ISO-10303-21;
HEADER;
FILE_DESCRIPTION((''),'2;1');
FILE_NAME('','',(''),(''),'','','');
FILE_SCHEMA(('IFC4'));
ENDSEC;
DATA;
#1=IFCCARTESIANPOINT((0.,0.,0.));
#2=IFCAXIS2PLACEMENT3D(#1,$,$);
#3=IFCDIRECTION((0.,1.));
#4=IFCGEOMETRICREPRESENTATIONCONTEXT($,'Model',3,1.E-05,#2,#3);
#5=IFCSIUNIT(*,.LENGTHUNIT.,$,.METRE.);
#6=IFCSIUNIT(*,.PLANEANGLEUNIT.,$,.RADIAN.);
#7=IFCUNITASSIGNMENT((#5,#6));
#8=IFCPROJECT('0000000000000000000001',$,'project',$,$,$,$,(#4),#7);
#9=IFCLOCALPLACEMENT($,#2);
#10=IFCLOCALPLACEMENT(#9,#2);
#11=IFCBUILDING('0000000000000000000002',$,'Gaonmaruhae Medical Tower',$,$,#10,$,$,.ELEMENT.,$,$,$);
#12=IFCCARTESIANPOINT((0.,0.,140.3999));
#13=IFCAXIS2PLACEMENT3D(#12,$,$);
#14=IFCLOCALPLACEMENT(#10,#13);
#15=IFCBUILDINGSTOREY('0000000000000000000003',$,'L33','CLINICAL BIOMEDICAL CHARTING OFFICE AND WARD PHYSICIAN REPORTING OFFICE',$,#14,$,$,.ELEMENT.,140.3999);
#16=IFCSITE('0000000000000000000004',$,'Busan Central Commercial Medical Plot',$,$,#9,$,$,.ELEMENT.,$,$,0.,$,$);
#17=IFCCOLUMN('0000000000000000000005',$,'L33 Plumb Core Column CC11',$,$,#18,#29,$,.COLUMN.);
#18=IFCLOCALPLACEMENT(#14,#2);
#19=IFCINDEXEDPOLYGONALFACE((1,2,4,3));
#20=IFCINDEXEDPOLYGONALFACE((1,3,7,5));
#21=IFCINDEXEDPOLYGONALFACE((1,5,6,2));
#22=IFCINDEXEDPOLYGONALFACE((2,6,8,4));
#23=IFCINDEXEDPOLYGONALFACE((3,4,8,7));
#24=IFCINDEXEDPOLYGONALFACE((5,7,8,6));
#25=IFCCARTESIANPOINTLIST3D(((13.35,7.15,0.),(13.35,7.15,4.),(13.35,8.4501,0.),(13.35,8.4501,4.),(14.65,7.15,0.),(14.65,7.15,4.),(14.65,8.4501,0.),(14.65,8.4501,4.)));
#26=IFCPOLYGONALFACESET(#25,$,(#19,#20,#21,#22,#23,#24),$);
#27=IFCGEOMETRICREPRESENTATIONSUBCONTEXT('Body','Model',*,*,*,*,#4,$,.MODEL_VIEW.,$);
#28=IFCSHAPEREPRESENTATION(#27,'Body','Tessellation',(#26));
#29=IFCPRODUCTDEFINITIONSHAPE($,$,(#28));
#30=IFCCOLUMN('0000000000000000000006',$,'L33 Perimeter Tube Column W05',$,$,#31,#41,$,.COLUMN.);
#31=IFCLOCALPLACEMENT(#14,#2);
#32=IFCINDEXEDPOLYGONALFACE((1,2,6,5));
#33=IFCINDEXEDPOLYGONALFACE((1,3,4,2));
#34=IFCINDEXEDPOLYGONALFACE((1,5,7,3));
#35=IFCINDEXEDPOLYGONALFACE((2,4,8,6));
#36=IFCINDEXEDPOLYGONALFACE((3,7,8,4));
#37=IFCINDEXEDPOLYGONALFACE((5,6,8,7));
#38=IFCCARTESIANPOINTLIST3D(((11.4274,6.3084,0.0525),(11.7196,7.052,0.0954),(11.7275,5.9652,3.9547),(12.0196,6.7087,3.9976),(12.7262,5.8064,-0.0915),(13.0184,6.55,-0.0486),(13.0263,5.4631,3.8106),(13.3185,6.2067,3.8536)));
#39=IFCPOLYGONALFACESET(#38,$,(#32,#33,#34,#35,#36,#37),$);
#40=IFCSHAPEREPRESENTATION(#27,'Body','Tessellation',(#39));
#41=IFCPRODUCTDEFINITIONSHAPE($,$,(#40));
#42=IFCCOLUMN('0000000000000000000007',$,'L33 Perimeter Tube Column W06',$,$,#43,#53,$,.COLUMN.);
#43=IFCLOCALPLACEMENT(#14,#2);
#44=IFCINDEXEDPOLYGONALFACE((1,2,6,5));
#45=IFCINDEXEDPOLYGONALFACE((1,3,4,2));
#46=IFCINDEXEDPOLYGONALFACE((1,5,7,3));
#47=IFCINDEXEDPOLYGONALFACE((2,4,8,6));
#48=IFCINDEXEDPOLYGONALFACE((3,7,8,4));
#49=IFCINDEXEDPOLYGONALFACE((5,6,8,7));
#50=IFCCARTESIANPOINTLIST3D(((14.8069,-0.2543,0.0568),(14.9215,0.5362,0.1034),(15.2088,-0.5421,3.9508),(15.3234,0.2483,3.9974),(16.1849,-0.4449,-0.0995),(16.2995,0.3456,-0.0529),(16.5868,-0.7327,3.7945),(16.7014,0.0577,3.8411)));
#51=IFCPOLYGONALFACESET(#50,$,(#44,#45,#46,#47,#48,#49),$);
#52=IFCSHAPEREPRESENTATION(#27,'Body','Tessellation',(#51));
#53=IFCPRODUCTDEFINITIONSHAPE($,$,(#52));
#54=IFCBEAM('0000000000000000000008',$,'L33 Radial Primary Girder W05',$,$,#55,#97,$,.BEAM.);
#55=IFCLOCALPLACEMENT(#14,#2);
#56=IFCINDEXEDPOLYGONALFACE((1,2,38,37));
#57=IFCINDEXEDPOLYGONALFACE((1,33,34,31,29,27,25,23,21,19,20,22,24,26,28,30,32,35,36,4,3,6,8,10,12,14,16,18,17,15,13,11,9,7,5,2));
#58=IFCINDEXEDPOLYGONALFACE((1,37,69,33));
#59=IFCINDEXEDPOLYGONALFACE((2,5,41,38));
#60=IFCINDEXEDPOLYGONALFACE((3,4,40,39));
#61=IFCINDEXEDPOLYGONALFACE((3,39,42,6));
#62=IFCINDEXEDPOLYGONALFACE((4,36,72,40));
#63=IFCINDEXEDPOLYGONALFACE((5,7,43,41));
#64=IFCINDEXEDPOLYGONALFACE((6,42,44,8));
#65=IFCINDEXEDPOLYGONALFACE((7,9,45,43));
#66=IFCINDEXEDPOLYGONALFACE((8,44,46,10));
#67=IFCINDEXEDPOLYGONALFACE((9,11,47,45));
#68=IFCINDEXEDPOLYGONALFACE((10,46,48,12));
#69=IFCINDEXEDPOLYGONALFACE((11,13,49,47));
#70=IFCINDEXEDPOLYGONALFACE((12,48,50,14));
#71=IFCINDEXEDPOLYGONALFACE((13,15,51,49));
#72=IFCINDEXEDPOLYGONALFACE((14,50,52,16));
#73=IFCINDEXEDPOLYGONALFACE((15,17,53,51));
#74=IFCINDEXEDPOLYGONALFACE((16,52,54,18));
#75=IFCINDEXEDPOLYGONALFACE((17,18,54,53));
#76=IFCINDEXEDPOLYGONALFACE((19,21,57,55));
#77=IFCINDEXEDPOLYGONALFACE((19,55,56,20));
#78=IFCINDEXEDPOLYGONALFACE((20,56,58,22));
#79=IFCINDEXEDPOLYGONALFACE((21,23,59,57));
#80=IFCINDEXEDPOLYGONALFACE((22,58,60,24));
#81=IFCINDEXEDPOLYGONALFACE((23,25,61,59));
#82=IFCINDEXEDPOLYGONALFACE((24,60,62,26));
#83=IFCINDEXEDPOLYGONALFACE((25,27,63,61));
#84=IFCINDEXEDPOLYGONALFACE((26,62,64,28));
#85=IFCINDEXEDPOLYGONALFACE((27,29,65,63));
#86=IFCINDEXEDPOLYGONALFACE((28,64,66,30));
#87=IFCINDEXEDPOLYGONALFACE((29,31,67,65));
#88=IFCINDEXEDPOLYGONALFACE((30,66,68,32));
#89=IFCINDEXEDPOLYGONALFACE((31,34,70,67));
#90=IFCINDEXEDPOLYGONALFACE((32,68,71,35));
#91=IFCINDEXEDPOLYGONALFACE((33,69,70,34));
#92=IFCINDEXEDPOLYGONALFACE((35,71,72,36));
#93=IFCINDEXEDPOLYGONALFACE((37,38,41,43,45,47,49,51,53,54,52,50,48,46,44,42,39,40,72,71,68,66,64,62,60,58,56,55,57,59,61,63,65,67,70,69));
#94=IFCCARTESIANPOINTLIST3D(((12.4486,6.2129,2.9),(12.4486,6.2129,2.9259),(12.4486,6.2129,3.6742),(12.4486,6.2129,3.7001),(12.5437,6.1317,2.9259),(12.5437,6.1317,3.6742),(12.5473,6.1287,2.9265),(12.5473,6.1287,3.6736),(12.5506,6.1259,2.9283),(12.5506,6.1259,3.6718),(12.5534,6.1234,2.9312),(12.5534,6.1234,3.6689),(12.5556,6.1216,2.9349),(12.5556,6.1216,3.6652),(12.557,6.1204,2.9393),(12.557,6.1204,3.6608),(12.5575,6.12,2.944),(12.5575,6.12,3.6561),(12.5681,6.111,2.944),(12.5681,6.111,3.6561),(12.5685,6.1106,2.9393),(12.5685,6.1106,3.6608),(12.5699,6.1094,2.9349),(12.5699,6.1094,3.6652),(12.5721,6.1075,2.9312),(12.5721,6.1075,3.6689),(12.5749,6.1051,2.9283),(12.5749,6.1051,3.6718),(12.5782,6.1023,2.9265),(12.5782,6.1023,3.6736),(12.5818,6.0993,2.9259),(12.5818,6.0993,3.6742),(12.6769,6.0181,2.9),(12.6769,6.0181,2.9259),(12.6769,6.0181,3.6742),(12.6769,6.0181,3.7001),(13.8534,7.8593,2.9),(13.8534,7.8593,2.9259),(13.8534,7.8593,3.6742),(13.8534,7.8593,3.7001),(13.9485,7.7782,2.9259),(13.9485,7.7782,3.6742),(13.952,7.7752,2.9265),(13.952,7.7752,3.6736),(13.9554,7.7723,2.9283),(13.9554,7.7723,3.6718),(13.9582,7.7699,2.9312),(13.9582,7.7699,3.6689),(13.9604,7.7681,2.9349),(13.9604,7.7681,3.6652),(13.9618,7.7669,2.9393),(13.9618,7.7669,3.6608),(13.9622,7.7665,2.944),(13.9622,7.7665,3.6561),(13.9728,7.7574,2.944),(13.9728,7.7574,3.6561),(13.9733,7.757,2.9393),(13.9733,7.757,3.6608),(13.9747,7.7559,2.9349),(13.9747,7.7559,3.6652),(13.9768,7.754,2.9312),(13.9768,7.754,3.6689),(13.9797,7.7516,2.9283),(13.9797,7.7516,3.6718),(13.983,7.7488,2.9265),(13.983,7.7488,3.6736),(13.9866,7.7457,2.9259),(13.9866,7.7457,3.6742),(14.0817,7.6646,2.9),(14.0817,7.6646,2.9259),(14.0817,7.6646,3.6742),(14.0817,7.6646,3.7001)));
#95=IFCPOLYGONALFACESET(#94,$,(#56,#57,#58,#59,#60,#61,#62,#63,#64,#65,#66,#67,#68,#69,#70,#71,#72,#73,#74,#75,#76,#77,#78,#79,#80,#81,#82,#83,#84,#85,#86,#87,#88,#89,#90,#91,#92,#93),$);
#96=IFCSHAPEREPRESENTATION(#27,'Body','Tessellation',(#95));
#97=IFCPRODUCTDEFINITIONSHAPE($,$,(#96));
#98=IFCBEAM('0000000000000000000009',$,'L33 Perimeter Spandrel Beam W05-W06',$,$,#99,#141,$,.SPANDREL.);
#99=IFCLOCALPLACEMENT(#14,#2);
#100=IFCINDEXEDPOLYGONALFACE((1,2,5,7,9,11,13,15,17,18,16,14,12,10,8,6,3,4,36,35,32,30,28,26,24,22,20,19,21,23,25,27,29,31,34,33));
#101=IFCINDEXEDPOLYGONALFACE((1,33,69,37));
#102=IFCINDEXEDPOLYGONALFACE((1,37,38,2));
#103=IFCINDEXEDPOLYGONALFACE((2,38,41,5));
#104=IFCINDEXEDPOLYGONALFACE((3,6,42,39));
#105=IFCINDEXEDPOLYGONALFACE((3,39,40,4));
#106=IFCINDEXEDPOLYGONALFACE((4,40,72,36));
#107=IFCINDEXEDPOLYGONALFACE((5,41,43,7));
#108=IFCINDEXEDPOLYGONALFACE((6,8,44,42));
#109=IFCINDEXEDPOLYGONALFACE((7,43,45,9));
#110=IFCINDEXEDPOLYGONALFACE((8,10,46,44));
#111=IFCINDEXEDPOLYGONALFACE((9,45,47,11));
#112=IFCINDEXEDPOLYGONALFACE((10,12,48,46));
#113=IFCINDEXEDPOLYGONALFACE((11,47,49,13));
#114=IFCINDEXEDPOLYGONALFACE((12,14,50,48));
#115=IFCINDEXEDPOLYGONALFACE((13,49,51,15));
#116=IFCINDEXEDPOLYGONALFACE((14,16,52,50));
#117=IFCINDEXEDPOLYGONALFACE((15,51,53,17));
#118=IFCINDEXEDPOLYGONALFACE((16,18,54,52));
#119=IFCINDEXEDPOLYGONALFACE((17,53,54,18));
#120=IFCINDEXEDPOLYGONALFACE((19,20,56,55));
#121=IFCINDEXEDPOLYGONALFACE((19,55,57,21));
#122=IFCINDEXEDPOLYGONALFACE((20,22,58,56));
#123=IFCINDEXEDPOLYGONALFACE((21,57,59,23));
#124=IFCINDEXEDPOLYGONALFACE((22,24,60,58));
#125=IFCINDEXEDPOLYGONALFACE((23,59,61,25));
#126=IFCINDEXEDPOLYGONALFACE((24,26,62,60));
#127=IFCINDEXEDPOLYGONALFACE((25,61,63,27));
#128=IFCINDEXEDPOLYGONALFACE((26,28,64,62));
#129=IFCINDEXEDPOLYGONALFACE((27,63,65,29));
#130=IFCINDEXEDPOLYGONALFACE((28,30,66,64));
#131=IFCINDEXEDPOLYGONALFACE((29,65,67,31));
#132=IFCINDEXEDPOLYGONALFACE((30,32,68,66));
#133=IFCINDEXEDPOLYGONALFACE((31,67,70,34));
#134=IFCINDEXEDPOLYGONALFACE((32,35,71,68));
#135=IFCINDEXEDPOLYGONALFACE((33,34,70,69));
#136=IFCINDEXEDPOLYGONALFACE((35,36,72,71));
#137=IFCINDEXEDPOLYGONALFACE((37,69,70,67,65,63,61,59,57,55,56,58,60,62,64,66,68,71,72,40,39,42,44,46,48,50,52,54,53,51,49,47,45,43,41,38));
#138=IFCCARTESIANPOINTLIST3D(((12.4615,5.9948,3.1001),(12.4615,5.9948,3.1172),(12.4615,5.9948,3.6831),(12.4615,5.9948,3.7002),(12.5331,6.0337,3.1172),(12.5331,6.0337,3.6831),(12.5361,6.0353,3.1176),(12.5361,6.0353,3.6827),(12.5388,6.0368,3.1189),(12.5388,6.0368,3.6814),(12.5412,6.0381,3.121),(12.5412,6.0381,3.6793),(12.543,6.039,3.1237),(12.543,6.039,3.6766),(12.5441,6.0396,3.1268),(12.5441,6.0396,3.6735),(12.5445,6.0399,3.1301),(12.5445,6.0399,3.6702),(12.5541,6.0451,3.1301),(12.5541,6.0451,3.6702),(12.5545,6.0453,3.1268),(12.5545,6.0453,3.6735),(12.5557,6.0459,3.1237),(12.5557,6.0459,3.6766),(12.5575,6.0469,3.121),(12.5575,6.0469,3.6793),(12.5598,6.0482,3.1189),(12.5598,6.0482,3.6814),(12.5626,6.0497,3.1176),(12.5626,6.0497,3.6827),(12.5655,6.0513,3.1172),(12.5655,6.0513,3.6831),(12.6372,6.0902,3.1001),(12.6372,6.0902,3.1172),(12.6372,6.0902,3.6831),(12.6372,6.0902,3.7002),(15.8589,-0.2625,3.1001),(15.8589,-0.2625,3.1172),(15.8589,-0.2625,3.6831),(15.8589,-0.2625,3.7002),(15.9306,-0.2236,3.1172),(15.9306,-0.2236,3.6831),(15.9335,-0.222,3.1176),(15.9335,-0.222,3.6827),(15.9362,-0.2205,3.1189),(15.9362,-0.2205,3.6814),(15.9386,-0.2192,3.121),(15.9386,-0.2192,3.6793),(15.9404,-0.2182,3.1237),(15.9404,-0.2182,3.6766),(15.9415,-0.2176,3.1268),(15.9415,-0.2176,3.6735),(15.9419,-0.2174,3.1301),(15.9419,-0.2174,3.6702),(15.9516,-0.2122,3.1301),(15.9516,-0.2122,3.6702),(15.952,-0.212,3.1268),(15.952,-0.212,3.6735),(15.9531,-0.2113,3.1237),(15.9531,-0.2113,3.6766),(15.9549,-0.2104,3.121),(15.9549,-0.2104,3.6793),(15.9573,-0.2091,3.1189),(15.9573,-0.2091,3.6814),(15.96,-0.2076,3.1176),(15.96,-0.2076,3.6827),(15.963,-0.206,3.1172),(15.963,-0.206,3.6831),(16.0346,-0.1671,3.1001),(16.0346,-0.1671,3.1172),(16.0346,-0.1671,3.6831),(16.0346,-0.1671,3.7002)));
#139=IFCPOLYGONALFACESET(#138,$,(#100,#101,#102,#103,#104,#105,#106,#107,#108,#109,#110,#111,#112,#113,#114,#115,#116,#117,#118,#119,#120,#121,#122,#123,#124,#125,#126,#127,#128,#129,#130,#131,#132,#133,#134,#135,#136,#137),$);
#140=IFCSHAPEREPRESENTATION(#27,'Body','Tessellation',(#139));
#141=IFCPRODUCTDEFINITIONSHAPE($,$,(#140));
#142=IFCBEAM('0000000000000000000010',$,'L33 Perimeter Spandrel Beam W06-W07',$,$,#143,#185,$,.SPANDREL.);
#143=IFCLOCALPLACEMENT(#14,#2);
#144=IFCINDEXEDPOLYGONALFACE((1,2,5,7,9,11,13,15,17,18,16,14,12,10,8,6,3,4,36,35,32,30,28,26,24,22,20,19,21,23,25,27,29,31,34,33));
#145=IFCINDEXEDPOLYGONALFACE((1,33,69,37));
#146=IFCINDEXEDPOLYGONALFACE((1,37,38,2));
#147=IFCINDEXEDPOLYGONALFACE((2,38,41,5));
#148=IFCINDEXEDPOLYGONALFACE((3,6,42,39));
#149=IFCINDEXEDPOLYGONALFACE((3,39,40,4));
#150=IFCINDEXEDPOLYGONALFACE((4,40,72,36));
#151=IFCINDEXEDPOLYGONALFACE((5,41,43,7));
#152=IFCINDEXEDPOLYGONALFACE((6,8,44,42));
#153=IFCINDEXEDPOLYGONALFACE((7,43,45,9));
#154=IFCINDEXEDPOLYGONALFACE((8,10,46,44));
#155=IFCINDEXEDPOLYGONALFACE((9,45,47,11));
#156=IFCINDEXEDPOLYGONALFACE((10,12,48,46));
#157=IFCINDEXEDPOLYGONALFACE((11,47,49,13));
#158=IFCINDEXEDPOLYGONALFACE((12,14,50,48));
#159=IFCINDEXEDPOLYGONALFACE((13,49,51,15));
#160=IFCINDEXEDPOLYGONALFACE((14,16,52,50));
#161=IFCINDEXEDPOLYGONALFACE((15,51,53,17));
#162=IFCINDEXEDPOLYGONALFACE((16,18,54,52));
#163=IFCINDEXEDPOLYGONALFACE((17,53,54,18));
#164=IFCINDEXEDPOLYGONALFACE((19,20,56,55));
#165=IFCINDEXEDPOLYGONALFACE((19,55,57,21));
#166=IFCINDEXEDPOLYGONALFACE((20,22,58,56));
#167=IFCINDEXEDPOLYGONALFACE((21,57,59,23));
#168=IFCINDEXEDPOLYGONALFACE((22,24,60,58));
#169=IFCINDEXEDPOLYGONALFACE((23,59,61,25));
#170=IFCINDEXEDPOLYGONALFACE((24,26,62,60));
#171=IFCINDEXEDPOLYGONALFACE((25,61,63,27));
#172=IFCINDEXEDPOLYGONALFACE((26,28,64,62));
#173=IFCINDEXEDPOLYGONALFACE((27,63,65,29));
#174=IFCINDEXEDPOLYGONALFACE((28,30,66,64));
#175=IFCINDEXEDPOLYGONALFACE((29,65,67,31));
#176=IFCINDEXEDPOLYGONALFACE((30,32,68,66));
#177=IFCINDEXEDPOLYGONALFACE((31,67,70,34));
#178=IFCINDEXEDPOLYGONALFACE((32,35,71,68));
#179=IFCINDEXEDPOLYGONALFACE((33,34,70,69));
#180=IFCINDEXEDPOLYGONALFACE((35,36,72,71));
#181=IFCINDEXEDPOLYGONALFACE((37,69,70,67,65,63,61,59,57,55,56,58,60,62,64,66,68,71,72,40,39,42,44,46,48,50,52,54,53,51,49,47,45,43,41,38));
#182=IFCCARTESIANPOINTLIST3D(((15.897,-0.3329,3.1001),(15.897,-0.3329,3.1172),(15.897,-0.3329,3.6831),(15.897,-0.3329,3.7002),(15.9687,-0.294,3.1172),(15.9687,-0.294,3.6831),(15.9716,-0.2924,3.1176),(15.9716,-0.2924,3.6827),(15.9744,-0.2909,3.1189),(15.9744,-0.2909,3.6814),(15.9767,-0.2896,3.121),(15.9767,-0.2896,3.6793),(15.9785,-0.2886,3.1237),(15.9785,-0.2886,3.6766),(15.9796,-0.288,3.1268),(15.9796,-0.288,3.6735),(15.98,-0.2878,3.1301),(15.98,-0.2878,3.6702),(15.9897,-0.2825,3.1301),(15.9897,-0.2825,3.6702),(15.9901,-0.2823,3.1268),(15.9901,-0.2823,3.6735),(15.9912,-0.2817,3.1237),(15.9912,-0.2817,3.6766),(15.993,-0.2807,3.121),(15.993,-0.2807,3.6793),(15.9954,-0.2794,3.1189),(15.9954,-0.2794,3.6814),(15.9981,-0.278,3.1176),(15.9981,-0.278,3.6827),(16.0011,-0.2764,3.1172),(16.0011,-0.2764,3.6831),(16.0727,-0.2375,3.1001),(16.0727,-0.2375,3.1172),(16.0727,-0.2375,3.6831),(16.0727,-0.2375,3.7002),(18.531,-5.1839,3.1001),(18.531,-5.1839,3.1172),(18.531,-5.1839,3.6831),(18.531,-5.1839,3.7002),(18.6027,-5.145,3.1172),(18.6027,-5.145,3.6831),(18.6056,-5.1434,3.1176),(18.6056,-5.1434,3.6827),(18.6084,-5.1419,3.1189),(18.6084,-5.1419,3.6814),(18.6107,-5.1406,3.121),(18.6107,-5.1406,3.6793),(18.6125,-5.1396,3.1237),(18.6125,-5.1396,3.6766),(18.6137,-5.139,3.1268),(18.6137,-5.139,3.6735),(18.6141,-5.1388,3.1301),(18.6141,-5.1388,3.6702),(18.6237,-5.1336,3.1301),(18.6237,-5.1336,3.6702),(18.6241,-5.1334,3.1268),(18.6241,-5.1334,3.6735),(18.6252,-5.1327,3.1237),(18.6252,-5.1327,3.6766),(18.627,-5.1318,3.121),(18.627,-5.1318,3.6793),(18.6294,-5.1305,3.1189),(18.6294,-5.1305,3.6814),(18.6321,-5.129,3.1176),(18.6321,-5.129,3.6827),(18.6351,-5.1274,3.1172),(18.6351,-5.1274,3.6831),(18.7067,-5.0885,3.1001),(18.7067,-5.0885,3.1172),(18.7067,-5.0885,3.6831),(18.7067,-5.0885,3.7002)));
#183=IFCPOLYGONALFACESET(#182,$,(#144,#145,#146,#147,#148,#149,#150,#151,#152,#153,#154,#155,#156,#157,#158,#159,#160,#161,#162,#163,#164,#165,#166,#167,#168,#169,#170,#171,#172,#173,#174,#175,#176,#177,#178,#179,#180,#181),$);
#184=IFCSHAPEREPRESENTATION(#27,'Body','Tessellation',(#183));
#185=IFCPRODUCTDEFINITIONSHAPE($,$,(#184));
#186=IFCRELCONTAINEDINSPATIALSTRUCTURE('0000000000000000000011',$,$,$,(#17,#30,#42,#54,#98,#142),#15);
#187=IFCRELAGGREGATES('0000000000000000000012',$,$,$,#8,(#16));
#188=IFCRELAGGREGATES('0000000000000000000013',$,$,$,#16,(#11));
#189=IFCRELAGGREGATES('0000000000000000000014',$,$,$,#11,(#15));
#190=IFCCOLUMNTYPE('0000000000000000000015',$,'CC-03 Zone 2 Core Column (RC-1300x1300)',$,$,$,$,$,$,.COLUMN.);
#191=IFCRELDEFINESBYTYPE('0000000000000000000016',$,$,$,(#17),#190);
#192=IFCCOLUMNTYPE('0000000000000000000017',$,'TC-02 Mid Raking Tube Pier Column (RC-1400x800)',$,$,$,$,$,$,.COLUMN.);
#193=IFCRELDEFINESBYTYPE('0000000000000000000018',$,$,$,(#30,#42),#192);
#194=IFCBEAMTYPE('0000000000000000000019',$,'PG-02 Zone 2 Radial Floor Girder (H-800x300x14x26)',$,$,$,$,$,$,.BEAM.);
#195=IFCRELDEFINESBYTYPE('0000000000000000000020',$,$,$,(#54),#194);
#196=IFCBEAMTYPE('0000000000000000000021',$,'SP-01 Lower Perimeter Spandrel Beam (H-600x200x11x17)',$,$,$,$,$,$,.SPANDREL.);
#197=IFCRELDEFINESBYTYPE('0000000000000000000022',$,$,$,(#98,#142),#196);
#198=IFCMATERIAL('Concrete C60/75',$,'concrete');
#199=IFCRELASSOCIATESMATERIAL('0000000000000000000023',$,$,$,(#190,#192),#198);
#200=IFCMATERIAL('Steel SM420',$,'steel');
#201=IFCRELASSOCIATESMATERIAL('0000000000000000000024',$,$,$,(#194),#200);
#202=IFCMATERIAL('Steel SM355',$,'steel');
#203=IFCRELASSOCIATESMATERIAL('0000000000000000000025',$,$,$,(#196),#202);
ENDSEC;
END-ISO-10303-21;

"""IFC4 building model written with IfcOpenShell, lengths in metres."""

from ifc_helpers import new_model, si_unit, direction, frame, origin, origin_2d, place, context, subcontext, project, spatial, rectangle, i_section, extrude, material, material_profile, profile_set, type_object, element, save


model = new_model("IFC4")

# Units and contexts
model_context = context("Model", 3, precision=1e-05, world=origin(), true_north=direction((0.0, 1.0)))
body_context = subcontext(model_context, "Body", "Model", "MODEL_VIEW")
ifc_project = project(units=[si_unit("LENGTHUNIT", "METRE"), si_unit("PLANEANGLEUNIT", "RADIAN")], contexts=[model_context])

# Site, building, storey
site_placement = place(None, origin())
site = spatial("IfcSite", under=ifc_project, at=site_placement, Name="Busan Central Commercial Medical Plot", CompositionType="ELEMENT", RefElevation=0.0)
building_placement = place(site_placement, origin())
building = spatial("IfcBuilding", under=site, at=building_placement, Name="Gaonmaruhae Medical Tower", CompositionType="ELEMENT")
storey_placement = place(building_placement, frame((0.0, 0.0, 140.3999)))
storey = spatial("IfcBuildingStorey", under=building, at=storey_placement, Name="L33", Description="CLINICAL BIOMEDICAL CHARTING OFFICE AND WARD PHYSICIAN REPORTING OFFICE", CompositionType="ELEMENT", Elevation=140.3999)

# Columns
ifc_material_1 = material(Name="Concrete C60/75", Category="concrete")
ifc_material_profile_1 = material_profile(ifc_material_1, rectangle(XDim=1.3, YDim=1.3, at=origin_2d()), Name="RC-1300x1300")
ifc_profile_set_1 = profile_set([ifc_material_profile_1], Name="Concrete C60/75")
column_type_1 = type_object("IfcColumnType", Name="CC-03 Zone 2 Core Column (RC-1300x1300)", PredefinedType="COLUMN", material=ifc_profile_set_1)
column_1_placement = place(storey_placement, frame((14.0, 7.8, 0.0), z_axis=(0.0, 0.0, 1.0), x_axis=(1.0, 0.0, 0.0)))
element("IfcColumn", 1, at=column_1_placement, inside=storey, type_object=column_type_1, Name="L33 Plumb Core Column CC11", PredefinedType="COLUMN", context=body_context, shape_type="SweptSolid", body=[
    extrude(rectangle(XDim=1.3, YDim=1.3, at=origin_2d()), origin(), (0.0, 0.0, 1.0), 4.0),
])
ifc_material_profile_2 = material_profile(ifc_material_1, rectangle(XDim=1.3999, YDim=0.8, at=origin_2d()), Name="RC-1400x800")
ifc_profile_set_2 = profile_set([ifc_material_profile_2], Name="Concrete C60/75")
column_type_2 = type_object("IfcColumnType", Name="TC-02 Mid Raking Tube Pier Column (RC-1400x800)", PredefinedType="COLUMN", material=ifc_profile_set_2)
column_2_placement = place(storey_placement, frame((12.2229, 6.4292, 0.002), z_axis=(0.076375, -0.087374, 0.993244), x_axis=(-0.927794, 0.358626, 0.10289)))
element("IfcColumn", 2, at=column_2_placement, inside=storey, type_object=column_type_2, Name="L33 Perimeter Tube Column W05", PredefinedType="COLUMN", context=body_context, shape_type="SweptSolid", body=[
    extrude(rectangle(XDim=1.3999, YDim=0.8, at=origin_2d()), origin(), (0.0, 0.0, 1.0), 3.9287),
])
column_3_placement = place(storey_placement, frame((15.5532, 0.0457, 0.002), z_axis=(0.102376, -0.07333, 0.992039), x_axis=(-0.984376, 0.136158, 0.11165)))
element("IfcColumn", 3, at=column_3_placement, inside=storey, type_object=column_type_2, Name="L33 Perimeter Tube Column W06", PredefinedType="COLUMN", context=body_context, shape_type="SweptSolid", body=[
    extrude(rectangle(XDim=1.3999, YDim=0.8, at=origin_2d()), origin(), (0.0, 0.0, 1.0), 3.9253),
])

# Beams
ifc_material_2 = material(Name="Steel SM420", Category="steel")
ifc_material_profile_3 = material_profile(ifc_material_2, i_section(OverallWidth=0.3, OverallDepth=0.8, WebThickness=0.0139, FlangeThickness=0.0259, FilletRadius=0.0181, at=origin_2d()), Name="H-800x300x14x26")
ifc_profile_set_3 = profile_set([ifc_material_profile_3], Name="Steel SM420")
beam_type_1 = type_object("IfcBeamType", Name="PG-02 Zone 2 Radial Floor Girder (H-800x300x14x26)", PredefinedType="BEAM", material=ifc_profile_set_3)
beam_1_placement = place(storey_placement, frame((13.9675, 7.762, 3.3), z_axis=(-0.649062, -0.760736, 0.0), x_axis=(0.760736, -0.649062, 0.0)))
element("IfcBeam", 4, at=beam_1_placement, inside=storey, type_object=beam_type_1, Name="L33 Radial Primary Girder W05", PredefinedType="BEAM", context=body_context, shape_type="SweptSolid", body=[
    extrude(i_section(OverallWidth=0.3, OverallDepth=0.8, WebThickness=0.0139, FlangeThickness=0.0259, FilletRadius=0.0181, at=origin_2d()), origin(), (0.0, 0.0, 1.0), 2.1643),
])
ifc_material_3 = material(Name="Steel SM355", Category="steel")
ifc_material_profile_4 = material_profile(ifc_material_3, i_section(OverallWidth=0.2, OverallDepth=0.6001, WebThickness=0.011, FlangeThickness=0.0171, FilletRadius=0.0129, at=origin_2d()), Name="H-600x200x11x17")
ifc_profile_set_4 = profile_set([ifc_material_profile_4], Name="Steel SM355")
beam_type_2 = type_object("IfcBeamType", Name="SP-01 Lower Perimeter Spandrel Beam (H-600x200x11x17)", PredefinedType="SPANDREL", material=ifc_profile_set_4)
beam_2_placement = place(storey_placement, frame((12.5493, 6.0425, 3.4001), z_axis=(0.47716, -0.878816, 0.0), x_axis=(0.878816, 0.47716, 0.0)))
element("IfcBeam", 5, at=beam_2_placement, inside=storey, type_object=beam_type_2, Name="L33 Perimeter Spandrel Beam W05-W06", PredefinedType="SPANDREL", context=body_context, shape_type="SweptSolid", body=[
    extrude(i_section(OverallWidth=0.2, OverallDepth=0.6001, WebThickness=0.011, FlangeThickness=0.0171, FilletRadius=0.0129, at=origin_2d()), origin(), (0.0, 0.0, 1.0), 7.1201),
])
beam_3_placement = place(storey_placement, frame((15.9849, -0.2852, 3.4001), z_axis=(0.477175, -0.878808, 0.0), x_axis=(0.878808, 0.477175, 0.0)))
element("IfcBeam", 6, at=beam_3_placement, inside=storey, type_object=beam_type_2, Name="L33 Perimeter Spandrel Beam W06-W07", PredefinedType="SPANDREL", context=body_context, shape_type="SweptSolid", body=[
    extrude(i_section(OverallWidth=0.2, OverallDepth=0.6001, WebThickness=0.011, FlangeThickness=0.0171, FilletRadius=0.0129, at=origin_2d()), origin(), (0.0, 0.0, 1.0), 5.52),
])

save(model, "model.ifc")
